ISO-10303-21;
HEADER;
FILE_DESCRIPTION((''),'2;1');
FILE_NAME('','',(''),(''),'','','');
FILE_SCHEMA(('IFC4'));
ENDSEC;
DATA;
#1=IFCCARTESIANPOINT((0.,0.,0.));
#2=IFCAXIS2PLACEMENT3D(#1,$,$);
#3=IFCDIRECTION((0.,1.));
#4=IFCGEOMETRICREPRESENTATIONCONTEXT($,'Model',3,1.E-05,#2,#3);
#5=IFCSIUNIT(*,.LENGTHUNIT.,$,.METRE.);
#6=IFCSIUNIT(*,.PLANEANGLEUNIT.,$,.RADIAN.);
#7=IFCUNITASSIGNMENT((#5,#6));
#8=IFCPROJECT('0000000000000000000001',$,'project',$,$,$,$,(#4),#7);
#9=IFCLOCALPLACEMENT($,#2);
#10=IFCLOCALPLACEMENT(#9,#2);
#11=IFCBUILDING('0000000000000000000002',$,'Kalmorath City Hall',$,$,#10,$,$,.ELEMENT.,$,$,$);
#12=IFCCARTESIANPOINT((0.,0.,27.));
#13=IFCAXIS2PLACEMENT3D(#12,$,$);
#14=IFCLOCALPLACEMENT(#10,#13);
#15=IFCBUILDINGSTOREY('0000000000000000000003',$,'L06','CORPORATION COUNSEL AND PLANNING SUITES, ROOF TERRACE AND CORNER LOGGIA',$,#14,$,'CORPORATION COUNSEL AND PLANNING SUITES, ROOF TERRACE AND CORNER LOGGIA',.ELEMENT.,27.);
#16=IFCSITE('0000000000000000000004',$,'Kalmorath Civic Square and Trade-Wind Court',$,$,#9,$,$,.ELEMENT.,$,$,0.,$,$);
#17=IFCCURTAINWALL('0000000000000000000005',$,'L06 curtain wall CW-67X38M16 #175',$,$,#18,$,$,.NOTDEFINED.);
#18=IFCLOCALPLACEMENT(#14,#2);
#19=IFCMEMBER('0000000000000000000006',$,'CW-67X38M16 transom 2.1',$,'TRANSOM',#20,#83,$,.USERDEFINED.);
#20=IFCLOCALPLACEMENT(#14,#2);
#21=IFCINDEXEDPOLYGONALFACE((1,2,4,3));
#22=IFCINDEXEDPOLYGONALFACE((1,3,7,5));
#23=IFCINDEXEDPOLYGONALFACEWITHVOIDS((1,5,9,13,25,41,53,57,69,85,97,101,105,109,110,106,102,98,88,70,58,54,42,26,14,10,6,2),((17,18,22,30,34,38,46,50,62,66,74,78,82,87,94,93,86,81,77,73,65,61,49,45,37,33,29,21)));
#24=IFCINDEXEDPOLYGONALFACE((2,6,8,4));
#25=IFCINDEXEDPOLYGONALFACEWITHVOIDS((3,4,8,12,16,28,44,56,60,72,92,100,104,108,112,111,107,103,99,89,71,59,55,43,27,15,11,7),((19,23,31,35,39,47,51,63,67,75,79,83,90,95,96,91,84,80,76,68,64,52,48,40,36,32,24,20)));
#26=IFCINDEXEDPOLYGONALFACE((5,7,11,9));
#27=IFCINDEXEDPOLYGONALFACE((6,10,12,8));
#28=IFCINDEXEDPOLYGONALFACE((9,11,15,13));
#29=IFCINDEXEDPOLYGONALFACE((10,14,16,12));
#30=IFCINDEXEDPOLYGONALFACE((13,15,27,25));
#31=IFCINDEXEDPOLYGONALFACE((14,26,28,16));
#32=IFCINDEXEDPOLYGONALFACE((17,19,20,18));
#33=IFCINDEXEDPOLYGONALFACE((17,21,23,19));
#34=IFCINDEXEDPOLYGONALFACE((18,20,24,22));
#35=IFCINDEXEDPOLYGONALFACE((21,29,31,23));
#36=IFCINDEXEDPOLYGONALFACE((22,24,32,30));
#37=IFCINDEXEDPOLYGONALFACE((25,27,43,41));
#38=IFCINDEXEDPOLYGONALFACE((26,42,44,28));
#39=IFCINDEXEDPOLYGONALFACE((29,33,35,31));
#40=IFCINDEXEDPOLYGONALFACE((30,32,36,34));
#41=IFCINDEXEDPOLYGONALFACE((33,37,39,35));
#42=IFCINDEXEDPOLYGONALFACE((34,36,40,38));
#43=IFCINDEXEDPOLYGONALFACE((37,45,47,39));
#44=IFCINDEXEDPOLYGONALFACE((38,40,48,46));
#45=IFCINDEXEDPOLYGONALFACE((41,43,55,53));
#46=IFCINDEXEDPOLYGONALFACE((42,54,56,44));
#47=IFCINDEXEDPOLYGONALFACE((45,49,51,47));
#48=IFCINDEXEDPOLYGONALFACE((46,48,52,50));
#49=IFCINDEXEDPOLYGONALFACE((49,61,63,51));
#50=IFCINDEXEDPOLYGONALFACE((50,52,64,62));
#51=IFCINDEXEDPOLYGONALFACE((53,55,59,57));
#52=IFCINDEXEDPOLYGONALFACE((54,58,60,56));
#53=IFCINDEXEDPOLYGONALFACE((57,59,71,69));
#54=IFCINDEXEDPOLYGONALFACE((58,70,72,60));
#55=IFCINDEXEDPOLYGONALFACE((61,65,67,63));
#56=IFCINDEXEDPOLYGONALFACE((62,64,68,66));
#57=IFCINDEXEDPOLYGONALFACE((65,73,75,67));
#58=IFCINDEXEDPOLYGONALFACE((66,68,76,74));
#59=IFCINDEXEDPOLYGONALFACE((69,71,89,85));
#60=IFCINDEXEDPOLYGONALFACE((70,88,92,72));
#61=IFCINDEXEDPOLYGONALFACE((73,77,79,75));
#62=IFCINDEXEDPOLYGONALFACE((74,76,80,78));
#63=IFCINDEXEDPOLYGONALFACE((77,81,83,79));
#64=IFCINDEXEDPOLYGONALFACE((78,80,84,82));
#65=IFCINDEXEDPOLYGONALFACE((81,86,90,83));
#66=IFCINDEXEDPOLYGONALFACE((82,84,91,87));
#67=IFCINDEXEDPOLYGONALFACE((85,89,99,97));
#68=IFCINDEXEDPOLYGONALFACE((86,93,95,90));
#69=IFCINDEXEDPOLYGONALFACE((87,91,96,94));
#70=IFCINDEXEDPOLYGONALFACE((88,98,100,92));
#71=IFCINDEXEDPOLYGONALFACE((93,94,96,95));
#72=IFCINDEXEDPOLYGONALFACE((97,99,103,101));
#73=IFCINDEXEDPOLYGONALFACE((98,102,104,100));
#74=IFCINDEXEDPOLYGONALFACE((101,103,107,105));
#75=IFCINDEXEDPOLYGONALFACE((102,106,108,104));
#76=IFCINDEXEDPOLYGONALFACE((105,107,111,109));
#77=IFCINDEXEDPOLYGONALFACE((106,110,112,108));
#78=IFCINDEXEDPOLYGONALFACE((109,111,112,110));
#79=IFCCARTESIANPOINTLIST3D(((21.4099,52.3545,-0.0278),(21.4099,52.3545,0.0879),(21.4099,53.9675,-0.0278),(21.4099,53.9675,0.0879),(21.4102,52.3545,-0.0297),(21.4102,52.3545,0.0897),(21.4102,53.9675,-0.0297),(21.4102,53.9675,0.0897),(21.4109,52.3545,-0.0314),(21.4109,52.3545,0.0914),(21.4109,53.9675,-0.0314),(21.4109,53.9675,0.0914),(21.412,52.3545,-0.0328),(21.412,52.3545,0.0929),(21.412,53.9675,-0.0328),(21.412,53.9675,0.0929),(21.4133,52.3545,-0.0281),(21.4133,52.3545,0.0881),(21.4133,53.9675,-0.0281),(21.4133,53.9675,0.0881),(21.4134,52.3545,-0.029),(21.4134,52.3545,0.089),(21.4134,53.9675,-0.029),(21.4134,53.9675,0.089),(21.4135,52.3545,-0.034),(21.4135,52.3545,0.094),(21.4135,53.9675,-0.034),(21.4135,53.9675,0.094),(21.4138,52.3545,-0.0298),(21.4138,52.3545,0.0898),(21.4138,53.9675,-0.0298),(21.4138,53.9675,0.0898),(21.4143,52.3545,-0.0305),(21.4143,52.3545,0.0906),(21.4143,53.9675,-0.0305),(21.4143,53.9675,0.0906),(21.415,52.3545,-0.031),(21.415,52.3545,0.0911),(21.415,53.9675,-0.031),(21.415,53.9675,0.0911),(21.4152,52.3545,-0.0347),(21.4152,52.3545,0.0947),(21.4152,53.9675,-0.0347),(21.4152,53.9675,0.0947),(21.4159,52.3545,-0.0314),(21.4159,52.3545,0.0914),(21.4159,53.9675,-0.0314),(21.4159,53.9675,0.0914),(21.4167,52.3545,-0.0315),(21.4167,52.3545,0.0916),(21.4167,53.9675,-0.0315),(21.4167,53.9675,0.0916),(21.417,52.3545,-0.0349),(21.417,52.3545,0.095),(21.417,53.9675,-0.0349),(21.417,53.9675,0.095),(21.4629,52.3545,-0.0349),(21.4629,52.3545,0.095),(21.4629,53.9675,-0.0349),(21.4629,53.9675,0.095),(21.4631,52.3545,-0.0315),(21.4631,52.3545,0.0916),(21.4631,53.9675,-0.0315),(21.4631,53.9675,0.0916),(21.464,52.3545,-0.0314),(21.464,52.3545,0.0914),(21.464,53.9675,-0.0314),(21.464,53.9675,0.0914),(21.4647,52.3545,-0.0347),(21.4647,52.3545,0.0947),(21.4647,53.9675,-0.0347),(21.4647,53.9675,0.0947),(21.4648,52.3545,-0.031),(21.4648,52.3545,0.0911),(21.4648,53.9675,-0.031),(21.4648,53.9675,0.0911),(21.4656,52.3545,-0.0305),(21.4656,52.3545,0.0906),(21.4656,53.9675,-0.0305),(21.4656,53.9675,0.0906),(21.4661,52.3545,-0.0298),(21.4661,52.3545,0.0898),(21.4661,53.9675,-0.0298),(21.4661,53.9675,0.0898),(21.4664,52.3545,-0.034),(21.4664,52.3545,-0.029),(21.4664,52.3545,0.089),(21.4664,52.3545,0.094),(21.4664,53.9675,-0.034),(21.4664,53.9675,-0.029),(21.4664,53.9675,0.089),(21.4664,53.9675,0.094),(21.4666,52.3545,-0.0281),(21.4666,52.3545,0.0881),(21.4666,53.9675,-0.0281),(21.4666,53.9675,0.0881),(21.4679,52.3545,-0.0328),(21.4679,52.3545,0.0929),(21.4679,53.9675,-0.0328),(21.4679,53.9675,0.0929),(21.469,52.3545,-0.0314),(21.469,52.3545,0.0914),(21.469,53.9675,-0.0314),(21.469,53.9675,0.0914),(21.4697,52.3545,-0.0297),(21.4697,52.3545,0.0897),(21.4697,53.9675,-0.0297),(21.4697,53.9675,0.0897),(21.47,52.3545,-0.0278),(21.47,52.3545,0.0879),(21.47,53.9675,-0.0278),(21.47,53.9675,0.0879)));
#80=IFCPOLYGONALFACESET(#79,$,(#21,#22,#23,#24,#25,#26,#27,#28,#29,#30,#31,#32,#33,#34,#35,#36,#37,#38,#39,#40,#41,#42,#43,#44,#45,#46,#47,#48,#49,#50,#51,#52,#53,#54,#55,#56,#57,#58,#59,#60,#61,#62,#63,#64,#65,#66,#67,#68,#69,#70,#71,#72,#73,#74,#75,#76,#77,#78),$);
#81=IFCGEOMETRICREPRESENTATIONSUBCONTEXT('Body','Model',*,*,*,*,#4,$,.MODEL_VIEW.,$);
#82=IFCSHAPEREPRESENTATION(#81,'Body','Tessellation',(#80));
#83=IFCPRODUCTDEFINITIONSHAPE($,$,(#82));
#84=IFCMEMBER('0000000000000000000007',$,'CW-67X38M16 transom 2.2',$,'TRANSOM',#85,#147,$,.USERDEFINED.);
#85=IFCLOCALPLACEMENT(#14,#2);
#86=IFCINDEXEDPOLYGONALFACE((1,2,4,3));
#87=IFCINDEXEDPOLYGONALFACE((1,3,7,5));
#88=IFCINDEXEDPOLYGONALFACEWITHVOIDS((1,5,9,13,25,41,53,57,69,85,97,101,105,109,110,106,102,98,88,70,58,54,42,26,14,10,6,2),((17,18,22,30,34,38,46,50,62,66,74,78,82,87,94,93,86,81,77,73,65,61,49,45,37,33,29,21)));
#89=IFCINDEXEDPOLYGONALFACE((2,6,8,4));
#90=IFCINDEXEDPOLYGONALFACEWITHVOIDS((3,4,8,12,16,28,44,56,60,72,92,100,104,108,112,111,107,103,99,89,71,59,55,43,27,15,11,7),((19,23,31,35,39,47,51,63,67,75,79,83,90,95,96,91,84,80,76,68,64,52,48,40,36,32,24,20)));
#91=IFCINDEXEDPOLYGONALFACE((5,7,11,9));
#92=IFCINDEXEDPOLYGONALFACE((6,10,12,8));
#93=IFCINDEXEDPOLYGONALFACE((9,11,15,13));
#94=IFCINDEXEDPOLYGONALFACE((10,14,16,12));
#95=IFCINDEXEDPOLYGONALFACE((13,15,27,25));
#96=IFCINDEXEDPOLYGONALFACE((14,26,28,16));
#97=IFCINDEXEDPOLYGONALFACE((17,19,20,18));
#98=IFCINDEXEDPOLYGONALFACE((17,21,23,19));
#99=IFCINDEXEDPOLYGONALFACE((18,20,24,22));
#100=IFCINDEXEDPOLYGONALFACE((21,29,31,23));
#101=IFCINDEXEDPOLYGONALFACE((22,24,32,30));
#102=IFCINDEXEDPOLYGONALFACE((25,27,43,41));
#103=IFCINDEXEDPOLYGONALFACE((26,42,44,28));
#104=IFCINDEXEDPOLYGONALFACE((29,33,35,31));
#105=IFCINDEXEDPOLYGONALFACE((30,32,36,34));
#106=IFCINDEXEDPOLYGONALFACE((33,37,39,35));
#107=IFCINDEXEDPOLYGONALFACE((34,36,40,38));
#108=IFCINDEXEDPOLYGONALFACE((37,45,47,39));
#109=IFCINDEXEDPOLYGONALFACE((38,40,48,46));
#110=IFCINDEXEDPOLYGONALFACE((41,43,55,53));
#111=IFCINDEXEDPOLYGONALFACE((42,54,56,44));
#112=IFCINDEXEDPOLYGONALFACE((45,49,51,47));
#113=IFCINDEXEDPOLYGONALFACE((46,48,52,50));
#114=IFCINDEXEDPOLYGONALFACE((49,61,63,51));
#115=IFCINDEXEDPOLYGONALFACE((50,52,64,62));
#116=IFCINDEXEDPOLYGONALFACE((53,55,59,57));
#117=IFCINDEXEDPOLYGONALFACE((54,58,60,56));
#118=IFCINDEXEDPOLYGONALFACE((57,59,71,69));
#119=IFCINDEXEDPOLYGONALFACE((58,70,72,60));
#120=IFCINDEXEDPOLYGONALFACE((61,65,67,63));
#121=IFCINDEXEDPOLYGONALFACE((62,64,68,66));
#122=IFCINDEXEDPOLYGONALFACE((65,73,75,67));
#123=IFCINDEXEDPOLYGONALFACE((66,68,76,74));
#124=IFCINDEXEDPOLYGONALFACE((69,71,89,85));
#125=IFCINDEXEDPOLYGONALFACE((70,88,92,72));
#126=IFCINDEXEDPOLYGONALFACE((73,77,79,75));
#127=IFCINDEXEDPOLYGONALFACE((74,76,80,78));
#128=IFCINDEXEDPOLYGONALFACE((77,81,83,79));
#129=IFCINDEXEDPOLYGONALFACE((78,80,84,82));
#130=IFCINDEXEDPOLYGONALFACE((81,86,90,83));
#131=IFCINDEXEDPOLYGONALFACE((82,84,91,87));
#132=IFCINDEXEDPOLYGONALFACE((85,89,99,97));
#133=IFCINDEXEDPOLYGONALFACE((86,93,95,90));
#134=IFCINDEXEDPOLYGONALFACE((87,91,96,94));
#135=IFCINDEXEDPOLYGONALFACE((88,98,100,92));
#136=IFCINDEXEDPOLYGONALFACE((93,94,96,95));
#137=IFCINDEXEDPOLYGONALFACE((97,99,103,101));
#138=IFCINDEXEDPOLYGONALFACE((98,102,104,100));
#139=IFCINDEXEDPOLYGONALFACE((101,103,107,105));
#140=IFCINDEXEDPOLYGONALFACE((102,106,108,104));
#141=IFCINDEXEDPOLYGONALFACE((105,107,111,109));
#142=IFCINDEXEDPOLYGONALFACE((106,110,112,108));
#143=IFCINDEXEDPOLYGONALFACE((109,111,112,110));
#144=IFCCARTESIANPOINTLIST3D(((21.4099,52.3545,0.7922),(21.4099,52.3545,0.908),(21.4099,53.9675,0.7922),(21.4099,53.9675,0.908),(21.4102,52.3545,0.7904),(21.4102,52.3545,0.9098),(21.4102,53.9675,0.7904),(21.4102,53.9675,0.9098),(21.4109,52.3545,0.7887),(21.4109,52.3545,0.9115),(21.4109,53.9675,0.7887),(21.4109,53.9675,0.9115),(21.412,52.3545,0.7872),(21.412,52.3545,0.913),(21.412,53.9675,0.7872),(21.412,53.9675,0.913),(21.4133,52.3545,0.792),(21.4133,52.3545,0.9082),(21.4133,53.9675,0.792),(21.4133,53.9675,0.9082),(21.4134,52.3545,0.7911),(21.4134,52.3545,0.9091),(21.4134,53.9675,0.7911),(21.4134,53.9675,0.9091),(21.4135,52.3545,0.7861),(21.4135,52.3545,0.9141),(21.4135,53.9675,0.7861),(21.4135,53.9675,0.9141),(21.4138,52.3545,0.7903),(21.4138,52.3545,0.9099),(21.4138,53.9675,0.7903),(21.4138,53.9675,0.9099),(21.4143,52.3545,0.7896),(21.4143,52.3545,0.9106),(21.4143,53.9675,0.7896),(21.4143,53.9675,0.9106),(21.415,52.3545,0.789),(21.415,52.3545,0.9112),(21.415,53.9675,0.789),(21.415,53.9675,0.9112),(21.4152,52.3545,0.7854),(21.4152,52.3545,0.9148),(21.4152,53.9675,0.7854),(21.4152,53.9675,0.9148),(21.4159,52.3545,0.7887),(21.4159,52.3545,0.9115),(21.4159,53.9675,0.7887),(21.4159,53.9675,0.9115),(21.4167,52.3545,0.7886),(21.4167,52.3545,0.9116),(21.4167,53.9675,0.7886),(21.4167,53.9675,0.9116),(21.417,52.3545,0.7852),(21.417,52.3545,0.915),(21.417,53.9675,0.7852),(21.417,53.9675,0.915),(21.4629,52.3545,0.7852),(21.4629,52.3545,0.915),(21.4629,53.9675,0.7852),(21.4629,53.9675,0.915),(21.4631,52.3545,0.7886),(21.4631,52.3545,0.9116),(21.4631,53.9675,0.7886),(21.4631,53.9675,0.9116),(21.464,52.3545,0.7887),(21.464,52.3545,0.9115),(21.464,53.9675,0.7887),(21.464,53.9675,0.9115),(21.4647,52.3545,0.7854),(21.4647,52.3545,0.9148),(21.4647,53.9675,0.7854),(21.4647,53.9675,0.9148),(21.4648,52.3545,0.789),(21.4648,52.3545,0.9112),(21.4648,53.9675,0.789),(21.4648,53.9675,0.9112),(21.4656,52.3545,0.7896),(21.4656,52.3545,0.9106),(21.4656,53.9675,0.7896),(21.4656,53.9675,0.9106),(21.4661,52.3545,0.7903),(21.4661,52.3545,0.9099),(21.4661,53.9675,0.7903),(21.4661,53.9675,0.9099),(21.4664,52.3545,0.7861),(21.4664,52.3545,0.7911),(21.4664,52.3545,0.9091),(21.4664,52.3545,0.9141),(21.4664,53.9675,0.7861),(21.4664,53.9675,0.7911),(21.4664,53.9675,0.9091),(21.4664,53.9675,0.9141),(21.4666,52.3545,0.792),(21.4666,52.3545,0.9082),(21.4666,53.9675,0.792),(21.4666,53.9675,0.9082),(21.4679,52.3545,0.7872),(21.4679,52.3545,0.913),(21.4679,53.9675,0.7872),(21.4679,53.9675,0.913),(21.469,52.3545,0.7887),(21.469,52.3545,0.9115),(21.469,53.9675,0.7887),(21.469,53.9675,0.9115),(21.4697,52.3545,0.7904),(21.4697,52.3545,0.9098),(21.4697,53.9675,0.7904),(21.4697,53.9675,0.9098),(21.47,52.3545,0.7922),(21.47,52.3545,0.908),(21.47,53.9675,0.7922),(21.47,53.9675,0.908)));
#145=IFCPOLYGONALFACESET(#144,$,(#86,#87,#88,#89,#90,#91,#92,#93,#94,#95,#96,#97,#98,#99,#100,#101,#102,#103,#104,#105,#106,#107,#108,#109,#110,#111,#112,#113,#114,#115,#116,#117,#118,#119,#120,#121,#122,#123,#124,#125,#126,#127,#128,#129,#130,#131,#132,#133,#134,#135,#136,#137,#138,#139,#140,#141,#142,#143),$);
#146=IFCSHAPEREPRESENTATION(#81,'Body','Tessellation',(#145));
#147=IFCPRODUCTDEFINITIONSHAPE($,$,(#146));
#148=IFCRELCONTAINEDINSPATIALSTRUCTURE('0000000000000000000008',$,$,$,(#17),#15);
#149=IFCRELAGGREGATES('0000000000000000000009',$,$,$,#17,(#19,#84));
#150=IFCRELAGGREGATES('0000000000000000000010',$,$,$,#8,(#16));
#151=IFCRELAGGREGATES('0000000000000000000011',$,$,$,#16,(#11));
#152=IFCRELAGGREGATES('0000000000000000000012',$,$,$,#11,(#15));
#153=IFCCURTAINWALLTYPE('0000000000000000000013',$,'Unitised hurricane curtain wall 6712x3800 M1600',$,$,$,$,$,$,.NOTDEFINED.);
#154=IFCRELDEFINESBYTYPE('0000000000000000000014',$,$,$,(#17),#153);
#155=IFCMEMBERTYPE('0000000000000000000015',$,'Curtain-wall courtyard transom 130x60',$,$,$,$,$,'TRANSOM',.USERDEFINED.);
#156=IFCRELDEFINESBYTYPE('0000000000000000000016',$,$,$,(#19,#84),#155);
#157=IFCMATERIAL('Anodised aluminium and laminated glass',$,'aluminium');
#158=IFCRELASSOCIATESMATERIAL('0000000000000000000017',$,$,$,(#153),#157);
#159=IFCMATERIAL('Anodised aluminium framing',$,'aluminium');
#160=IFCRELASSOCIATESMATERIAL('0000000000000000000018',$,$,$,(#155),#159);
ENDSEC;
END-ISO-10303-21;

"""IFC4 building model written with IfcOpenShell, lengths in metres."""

from ifc_helpers import new_model, si_unit, direction, frame, origin, origin_2d, place, context, subcontext, project, spatial, hollow_rectangle, extrude, material, material_profile, profile_set, type_object, element, aggregate, save


model = new_model("IFC4")

# Units and contexts
model_context = context("Model", 3, precision=1e-05, world=origin(), true_north=direction((0.0, 1.0)))
body_context = subcontext(model_context, "Body", "Model", "MODEL_VIEW")
ifc_project = project(units=[si_unit("LENGTHUNIT", "METRE"), si_unit("PLANEANGLEUNIT", "RADIAN")], contexts=[model_context])

# Site, building, storey
site_placement = place(None, origin())
site = spatial("IfcSite", under=ifc_project, at=site_placement, Name="Kalmorath Civic Square and Trade-Wind Court", CompositionType="ELEMENT", RefElevation=0.0)
building_placement = place(site_placement, origin())
building = spatial("IfcBuilding", under=site, at=building_placement, Name="Kalmorath City Hall", CompositionType="ELEMENT")
storey_placement = place(building_placement, frame((0.0, 0.0, 27.0)))
storey = spatial("IfcBuildingStorey", under=building, at=storey_placement, Name="L06", Description="CORPORATION COUNSEL AND PLANNING SUITES, ROOF TERRACE AND CORNER LOGGIA", LongName="CORPORATION COUNSEL AND PLANNING SUITES, ROOF TERRACE AND CORNER LOGGIA", CompositionType="ELEMENT", Elevation=27.0)

# Curtain wall, members
ifc_material_1 = material(Name="Anodised aluminium and laminated glass", Category="aluminium")
curtain_wall_type = type_object("IfcCurtainWallType", Name="Unitised hurricane curtain wall 6712x3800 M1600", PredefinedType="NOTDEFINED", material=ifc_material_1)
curtain_wall_placement = place(storey_placement, origin())
curtain_wall = element("IfcCurtainWall", 1, at=curtain_wall_placement, inside=storey, type_object=curtain_wall_type, Name="L06 curtain wall CW-67X38M16 #175", PredefinedType="NOTDEFINED")
ifc_material_2 = material(Name="Anodised aluminium framing", Category="aluminium")
ifc_material_profile_1 = material_profile(ifc_material_2, hollow_rectangle(XDim=0.0601, YDim=0.1299, WallThickness=0.0034, InnerFilletRadius=0.0034, OuterFilletRadius=0.0071, at=origin_2d()), Name="ALU-TRN-130X60X3.5")
ifc_profile_set_1 = profile_set([ifc_material_profile_1], Name="Anodised aluminium framing")
member_type_1 = type_object("IfcMemberType", Name="Curtain-wall courtyard transom 130x60", ElementType="TRANSOM", PredefinedType="USERDEFINED", material=ifc_profile_set_1)
member_1_placement = place(storey_placement, frame((21.4399, 52.3545, 0.03), z_axis=(0.0, 1.0, 0.0), x_axis=(-1.0, 0.0, 0.0)))
member_1 = element("IfcMember", 2, at=member_1_placement, type_object=member_type_1, Name="CW-67X38M16 transom 2.1", ObjectType="TRANSOM", PredefinedType="USERDEFINED", context=body_context, shape_type="SweptSolid", body=[
    extrude(hollow_rectangle(XDim=0.0601, YDim=0.1299, WallThickness=0.0034, InnerFilletRadius=0.0034, OuterFilletRadius=0.0071, at=origin_2d()), origin(), (0.0, 0.0, 1.0), 1.613),
])
member_2_placement = place(storey_placement, frame((21.4399, 52.3545, 0.8501), z_axis=(0.0, 1.0, 0.0), x_axis=(-1.0, 0.0, 0.0)))
member_2 = element("IfcMember", 3, at=member_2_placement, type_object=member_type_1, Name="CW-67X38M16 transom 2.2", ObjectType="TRANSOM", PredefinedType="USERDEFINED", context=body_context, shape_type="SweptSolid", body=[
    extrude(hollow_rectangle(XDim=0.0601, YDim=0.1299, WallThickness=0.0034, InnerFilletRadius=0.0034, OuterFilletRadius=0.0071, at=origin_2d()), origin(), (0.0, 0.0, 1.0), 1.613),
])

aggregate(curtain_wall, [member_1, member_2])

save(model, "model.ifc")
